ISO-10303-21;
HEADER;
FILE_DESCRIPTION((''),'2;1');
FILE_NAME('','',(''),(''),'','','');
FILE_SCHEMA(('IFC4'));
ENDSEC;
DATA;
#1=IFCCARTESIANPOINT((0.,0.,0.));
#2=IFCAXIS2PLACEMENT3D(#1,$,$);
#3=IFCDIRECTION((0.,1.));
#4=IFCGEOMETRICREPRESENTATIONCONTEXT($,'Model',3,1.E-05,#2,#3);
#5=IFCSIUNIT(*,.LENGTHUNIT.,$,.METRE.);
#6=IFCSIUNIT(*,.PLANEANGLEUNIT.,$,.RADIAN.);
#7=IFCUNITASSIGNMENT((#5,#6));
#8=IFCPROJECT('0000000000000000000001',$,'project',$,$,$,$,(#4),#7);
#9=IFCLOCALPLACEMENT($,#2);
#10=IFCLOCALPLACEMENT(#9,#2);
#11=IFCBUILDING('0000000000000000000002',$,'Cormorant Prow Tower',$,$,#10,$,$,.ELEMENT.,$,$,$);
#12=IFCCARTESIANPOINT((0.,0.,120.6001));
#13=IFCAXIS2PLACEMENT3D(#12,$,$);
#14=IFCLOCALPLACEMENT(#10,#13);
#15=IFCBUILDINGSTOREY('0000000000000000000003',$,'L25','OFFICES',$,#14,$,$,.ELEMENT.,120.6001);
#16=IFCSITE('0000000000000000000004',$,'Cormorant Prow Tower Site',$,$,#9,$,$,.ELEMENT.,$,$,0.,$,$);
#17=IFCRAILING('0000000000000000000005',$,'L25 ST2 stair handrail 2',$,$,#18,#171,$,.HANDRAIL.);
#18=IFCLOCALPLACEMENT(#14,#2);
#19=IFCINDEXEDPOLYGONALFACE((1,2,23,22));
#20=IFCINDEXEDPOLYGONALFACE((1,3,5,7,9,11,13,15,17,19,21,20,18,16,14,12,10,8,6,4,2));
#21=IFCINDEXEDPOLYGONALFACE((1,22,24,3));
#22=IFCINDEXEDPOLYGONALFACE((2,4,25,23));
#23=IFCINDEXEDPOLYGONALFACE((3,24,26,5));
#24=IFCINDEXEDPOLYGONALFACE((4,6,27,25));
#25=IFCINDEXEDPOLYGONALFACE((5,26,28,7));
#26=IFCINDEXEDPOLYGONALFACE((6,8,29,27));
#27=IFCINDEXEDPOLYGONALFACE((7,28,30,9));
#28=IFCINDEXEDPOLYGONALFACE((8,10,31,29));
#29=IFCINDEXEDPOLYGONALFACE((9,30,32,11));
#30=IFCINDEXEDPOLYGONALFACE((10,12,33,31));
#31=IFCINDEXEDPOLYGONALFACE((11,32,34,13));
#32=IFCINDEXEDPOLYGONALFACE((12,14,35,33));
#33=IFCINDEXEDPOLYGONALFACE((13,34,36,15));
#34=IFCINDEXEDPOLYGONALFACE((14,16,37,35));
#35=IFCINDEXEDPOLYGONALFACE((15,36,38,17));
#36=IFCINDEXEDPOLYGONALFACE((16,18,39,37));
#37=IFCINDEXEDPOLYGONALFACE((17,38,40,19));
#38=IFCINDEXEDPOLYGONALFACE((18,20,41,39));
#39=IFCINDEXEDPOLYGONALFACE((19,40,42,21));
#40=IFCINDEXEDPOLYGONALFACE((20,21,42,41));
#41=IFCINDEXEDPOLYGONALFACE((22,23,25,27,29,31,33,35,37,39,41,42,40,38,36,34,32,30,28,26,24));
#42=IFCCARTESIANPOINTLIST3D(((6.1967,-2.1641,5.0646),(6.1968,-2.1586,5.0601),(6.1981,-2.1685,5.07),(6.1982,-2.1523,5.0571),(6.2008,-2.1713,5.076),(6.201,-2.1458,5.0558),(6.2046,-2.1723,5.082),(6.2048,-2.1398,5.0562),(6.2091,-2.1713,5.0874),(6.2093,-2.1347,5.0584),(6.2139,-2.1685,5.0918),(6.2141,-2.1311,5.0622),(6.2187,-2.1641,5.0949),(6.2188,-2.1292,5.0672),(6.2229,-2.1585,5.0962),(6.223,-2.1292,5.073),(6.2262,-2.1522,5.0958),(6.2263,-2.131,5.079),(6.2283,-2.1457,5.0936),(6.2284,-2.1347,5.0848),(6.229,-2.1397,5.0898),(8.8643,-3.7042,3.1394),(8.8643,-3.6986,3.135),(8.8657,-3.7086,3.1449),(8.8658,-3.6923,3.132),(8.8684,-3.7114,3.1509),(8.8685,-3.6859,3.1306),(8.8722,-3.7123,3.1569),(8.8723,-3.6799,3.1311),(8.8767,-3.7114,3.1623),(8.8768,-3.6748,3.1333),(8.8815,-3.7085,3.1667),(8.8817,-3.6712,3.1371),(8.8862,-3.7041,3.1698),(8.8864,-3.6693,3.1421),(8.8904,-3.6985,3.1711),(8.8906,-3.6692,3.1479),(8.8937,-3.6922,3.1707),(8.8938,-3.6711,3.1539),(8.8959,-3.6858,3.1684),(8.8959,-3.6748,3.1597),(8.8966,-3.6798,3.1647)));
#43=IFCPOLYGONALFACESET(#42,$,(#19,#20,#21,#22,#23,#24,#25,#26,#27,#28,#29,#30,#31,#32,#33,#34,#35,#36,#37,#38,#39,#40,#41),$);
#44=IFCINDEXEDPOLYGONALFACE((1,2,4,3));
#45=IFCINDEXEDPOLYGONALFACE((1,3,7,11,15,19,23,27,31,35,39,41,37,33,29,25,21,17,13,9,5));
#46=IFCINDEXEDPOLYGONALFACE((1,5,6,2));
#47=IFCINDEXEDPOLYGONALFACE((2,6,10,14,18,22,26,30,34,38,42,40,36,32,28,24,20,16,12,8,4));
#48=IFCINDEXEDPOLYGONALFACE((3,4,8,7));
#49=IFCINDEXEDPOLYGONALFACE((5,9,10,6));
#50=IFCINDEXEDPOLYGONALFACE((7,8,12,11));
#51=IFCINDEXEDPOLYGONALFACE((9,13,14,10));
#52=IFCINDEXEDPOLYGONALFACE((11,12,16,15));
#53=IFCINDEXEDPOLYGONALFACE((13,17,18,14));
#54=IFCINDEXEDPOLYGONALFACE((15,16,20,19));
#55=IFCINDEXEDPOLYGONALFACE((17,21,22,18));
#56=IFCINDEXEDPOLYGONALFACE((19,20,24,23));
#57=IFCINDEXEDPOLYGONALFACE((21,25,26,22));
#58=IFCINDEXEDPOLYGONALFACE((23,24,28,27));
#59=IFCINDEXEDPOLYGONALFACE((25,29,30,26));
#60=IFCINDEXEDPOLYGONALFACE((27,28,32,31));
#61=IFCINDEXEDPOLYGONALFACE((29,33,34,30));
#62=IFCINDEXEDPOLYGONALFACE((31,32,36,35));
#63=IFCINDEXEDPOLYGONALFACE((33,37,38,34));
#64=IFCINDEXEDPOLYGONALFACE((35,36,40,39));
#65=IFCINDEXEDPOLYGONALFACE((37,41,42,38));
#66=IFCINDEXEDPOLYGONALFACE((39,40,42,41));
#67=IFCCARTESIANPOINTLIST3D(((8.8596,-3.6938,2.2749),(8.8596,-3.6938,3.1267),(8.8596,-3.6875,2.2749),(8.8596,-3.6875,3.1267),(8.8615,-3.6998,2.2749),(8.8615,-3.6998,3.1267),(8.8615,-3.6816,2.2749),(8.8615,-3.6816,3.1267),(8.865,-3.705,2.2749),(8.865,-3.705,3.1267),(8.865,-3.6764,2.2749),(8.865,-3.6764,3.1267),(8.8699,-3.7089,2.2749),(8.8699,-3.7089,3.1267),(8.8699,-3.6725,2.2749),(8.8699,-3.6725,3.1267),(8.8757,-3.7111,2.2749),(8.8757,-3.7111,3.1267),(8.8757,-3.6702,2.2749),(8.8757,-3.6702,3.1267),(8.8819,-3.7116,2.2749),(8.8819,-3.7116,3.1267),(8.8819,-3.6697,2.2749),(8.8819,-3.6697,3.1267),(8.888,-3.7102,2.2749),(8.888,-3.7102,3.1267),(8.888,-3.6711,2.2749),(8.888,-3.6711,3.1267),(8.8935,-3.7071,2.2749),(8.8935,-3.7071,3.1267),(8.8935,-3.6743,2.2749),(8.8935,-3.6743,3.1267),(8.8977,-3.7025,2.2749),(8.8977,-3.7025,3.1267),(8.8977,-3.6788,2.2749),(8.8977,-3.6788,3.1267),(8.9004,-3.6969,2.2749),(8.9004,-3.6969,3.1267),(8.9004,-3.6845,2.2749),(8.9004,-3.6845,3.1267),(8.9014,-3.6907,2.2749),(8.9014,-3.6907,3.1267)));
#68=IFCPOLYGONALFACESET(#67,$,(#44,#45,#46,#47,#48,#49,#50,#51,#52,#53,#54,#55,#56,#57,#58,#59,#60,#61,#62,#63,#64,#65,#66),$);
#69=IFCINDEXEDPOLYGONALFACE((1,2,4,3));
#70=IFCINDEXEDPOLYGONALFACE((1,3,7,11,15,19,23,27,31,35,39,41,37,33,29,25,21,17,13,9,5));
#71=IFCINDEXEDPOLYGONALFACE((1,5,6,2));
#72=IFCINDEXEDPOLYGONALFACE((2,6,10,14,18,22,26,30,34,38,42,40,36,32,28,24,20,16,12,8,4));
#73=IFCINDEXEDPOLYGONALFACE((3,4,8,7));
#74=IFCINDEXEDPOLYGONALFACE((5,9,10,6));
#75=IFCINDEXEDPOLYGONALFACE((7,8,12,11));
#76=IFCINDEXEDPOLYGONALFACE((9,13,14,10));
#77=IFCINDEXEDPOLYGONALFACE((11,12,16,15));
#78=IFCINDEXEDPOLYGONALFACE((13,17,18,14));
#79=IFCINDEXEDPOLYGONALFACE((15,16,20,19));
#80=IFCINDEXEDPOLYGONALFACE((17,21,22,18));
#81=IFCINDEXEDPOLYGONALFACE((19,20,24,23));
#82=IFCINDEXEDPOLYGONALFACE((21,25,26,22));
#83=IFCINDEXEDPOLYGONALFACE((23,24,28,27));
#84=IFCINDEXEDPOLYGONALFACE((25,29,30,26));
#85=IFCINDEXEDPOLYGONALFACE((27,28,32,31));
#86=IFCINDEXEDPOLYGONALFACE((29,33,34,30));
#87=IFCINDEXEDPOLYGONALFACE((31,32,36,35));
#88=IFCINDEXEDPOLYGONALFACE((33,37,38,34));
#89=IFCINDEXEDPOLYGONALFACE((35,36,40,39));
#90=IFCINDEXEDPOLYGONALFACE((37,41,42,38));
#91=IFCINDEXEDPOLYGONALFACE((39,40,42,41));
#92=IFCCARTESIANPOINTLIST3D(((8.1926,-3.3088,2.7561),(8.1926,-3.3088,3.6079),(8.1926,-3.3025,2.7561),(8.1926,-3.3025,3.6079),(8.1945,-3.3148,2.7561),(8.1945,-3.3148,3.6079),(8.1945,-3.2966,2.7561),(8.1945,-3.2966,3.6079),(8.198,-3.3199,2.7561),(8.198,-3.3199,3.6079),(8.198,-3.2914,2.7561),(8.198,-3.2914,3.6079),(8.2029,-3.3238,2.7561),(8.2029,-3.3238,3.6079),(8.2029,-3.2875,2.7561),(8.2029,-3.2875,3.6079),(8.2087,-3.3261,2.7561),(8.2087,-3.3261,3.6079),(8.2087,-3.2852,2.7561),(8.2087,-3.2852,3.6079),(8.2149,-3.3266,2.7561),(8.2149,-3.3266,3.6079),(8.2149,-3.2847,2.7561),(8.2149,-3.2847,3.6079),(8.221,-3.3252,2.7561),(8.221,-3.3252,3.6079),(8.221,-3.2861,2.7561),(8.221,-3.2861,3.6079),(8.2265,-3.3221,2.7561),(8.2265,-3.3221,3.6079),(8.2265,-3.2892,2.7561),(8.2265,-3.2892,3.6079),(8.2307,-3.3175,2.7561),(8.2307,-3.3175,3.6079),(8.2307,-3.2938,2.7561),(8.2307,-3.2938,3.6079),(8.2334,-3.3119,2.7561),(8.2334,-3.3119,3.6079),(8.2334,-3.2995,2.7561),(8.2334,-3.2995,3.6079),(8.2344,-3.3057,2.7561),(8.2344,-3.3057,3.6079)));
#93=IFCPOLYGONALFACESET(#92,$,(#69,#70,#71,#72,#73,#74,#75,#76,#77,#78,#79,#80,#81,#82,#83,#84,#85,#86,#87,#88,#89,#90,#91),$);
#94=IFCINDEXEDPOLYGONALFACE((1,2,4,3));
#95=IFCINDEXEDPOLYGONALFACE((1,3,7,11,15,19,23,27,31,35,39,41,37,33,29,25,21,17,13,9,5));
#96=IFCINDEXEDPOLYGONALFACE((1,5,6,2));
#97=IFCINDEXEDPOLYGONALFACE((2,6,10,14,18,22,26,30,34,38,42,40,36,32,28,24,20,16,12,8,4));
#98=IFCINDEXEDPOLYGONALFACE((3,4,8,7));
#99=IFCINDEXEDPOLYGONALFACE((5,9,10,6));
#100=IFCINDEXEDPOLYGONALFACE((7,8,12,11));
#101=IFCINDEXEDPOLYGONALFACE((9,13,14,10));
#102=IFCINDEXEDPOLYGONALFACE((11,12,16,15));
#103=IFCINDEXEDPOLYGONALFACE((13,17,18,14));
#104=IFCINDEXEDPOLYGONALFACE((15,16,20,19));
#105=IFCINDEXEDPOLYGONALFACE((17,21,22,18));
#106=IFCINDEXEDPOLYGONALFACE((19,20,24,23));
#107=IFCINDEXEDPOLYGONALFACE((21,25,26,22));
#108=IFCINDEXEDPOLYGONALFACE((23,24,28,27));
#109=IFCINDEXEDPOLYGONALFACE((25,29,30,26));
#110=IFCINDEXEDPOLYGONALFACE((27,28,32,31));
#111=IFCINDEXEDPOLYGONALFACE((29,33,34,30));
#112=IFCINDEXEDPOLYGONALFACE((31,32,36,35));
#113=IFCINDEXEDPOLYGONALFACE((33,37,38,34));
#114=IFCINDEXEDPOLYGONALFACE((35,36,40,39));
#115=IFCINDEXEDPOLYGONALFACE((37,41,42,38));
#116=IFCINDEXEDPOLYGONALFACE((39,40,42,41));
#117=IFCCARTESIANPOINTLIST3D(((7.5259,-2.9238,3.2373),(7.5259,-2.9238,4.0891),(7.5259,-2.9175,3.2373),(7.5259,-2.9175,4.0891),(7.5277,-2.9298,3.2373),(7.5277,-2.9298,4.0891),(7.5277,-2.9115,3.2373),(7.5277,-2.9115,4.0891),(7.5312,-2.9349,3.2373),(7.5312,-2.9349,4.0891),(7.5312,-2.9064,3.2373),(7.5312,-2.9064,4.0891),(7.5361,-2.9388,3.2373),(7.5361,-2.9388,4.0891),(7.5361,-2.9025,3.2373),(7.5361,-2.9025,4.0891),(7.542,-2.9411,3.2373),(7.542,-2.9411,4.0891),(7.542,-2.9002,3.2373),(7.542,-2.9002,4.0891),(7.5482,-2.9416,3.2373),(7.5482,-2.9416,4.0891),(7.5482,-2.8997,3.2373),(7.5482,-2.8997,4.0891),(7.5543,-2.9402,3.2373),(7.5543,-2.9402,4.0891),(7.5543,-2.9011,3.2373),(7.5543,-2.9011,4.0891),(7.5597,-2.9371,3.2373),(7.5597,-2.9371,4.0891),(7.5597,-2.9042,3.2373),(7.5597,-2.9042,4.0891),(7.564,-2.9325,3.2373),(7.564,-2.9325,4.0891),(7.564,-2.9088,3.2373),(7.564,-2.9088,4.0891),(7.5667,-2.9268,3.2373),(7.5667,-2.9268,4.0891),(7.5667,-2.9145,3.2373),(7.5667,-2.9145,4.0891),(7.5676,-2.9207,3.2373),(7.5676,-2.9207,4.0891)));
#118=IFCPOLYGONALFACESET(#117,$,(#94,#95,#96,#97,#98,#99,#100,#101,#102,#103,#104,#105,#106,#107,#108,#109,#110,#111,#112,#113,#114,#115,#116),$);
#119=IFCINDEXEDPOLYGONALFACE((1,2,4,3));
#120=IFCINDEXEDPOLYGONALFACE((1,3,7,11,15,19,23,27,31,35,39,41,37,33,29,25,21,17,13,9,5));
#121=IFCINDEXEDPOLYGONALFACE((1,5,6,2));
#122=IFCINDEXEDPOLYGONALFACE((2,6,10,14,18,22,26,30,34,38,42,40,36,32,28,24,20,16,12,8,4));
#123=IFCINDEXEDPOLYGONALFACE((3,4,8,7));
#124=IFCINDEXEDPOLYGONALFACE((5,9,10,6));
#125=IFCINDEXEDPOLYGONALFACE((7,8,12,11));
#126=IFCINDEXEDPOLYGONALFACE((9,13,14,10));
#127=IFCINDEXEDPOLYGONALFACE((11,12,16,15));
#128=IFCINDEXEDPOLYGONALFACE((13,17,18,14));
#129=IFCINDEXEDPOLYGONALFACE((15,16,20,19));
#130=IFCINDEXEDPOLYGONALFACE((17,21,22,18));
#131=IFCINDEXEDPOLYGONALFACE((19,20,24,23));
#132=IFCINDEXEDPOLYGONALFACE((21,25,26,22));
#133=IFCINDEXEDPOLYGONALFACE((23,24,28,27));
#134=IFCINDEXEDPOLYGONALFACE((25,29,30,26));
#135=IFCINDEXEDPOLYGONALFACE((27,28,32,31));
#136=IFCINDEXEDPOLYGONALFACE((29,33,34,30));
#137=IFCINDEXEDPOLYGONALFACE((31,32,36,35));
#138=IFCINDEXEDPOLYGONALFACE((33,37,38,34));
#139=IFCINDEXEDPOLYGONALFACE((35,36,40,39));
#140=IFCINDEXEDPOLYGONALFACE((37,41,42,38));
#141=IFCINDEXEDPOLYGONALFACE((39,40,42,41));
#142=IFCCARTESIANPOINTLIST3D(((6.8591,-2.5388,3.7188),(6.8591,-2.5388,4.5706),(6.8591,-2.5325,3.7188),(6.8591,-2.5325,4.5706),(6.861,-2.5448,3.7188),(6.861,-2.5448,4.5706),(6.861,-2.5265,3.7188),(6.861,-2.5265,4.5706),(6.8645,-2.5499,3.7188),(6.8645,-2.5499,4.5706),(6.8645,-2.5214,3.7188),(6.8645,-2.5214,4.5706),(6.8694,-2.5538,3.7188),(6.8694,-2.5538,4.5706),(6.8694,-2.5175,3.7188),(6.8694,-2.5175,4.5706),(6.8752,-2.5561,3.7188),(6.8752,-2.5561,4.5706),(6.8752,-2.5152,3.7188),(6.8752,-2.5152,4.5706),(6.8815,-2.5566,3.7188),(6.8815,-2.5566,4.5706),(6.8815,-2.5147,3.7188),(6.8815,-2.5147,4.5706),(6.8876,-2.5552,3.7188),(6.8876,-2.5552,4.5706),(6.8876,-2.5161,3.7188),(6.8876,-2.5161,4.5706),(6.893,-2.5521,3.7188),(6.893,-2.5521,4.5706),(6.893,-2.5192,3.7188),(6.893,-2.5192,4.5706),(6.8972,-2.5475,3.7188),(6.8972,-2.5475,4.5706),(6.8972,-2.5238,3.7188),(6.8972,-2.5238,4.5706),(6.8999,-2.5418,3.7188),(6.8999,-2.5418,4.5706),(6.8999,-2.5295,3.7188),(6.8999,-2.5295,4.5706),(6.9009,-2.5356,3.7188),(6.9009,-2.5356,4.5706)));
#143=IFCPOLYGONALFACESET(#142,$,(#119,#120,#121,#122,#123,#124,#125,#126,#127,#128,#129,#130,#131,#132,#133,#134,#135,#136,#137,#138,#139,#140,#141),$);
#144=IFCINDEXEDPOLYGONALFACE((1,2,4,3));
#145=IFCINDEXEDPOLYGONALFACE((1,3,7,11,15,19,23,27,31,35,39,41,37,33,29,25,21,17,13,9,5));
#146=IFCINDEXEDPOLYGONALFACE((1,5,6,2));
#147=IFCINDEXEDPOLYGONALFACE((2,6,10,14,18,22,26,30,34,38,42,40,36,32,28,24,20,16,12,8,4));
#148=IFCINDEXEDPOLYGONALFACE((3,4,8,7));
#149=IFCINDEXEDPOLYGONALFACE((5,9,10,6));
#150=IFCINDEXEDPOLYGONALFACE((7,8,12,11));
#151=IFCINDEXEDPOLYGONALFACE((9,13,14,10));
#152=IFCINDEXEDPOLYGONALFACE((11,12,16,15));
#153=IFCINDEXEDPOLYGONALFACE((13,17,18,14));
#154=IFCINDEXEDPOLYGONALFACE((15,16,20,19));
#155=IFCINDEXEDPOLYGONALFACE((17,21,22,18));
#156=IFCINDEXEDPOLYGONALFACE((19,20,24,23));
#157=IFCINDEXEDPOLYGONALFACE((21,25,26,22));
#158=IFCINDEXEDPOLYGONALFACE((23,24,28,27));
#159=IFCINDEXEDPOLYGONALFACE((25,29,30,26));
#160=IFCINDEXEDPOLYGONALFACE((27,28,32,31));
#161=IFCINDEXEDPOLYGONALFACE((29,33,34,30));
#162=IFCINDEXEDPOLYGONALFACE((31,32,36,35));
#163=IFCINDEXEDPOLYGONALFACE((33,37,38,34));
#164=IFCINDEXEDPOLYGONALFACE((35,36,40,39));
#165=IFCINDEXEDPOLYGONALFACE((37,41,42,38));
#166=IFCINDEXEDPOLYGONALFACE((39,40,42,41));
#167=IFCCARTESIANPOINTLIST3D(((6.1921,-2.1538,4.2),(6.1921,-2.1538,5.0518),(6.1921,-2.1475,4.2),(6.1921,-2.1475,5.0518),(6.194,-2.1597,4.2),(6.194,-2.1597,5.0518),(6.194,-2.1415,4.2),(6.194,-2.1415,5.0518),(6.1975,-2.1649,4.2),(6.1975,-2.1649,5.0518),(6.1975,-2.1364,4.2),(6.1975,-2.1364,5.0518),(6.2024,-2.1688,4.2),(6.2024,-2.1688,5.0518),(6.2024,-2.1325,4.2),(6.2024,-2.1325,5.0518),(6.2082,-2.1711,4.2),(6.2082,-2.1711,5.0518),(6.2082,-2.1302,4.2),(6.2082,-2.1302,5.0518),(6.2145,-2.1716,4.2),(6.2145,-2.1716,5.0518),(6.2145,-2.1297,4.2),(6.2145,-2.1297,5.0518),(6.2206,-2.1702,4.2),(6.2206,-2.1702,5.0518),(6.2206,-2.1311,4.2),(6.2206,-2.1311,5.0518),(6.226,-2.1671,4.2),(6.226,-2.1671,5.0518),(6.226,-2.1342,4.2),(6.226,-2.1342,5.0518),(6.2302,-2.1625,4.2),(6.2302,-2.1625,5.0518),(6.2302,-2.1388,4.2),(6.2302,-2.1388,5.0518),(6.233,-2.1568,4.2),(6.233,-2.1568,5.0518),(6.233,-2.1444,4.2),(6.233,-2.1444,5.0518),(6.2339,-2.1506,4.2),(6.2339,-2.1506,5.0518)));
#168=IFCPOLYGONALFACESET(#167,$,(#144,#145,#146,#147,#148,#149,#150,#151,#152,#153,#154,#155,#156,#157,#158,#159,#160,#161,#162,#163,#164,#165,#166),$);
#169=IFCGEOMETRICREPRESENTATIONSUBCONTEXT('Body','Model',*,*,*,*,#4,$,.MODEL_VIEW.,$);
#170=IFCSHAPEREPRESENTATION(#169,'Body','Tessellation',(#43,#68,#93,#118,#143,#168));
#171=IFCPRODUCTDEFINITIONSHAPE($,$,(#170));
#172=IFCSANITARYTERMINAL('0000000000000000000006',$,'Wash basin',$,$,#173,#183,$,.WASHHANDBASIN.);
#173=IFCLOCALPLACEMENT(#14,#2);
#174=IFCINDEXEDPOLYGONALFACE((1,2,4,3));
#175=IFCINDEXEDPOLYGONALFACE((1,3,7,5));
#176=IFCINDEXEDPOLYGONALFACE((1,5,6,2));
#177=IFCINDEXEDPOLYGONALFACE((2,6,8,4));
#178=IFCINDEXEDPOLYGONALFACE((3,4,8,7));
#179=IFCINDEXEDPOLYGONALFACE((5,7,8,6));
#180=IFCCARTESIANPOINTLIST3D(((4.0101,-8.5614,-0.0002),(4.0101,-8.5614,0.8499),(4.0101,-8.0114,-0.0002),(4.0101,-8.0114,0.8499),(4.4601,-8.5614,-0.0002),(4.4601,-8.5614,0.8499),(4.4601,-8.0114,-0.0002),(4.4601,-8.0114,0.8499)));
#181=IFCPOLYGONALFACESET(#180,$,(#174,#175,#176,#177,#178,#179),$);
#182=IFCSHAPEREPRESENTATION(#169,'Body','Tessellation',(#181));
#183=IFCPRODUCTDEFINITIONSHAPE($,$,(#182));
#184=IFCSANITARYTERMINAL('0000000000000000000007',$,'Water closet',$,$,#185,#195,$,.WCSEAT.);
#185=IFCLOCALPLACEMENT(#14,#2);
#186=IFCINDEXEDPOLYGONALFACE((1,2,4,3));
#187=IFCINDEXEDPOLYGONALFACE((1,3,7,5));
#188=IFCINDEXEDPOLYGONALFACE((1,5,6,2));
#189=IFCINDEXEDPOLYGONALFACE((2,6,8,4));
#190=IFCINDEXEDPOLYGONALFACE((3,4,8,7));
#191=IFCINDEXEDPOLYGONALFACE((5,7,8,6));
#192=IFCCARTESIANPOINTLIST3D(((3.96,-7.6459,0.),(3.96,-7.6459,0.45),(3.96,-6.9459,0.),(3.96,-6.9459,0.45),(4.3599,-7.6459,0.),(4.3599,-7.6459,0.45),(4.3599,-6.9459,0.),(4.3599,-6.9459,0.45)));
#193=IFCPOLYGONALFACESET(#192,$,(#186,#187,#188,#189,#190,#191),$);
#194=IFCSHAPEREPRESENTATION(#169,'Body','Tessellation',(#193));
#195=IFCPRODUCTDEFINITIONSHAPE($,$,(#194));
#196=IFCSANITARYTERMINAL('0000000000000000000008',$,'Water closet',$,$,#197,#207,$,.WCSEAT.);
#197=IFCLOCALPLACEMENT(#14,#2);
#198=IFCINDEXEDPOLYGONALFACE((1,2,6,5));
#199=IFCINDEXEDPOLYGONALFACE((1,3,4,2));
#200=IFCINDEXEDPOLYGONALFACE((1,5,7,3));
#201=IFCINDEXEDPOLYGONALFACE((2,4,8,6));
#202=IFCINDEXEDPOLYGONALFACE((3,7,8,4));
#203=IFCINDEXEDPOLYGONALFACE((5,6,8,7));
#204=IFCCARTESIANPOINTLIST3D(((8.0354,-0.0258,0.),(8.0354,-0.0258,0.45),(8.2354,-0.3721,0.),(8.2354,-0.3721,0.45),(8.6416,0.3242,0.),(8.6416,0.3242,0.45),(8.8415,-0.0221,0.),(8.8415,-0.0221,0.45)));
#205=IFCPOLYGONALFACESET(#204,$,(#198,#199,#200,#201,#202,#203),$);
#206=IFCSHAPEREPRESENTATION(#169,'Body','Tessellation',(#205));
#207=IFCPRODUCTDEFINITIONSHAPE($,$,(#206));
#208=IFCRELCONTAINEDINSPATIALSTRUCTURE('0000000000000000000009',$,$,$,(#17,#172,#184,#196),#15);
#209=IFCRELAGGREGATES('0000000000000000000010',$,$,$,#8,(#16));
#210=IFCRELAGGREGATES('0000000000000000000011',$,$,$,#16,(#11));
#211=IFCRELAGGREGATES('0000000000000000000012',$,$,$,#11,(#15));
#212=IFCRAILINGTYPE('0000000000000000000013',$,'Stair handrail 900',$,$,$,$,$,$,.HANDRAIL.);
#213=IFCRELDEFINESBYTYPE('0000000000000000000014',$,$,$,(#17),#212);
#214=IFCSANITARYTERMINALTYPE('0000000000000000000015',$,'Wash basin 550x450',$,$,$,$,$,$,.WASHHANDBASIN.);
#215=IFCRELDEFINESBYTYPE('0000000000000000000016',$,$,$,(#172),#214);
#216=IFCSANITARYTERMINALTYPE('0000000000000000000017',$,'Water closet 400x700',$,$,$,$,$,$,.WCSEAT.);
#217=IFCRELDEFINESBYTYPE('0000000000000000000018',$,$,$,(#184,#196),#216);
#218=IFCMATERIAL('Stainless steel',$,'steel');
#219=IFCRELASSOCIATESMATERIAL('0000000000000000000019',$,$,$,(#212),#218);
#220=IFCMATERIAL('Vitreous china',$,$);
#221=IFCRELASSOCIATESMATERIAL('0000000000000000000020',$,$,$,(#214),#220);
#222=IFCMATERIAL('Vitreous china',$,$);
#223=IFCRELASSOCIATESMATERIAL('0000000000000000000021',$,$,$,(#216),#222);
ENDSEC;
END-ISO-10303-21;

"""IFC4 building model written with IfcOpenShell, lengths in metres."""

from ifc_helpers import new_model, si_unit, direction, frame, origin, origin_2d, place, context, subcontext, project, spatial, rectangle, circle, extrude, material, type_object, element, save


model = new_model("IFC4")

# Units and contexts
model_context = context("Model", 3, precision=1e-05, world=origin(), true_north=direction((0.0, 1.0)))
body_context = subcontext(model_context, "Body", "Model", "MODEL_VIEW")
ifc_project = project(units=[si_unit("LENGTHUNIT", "METRE"), si_unit("PLANEANGLEUNIT", "RADIAN")], contexts=[model_context])

# Site, building, storey
site_placement = place(None, origin())
site = spatial("IfcSite", under=ifc_project, at=site_placement, Name="Cormorant Prow Tower Site", CompositionType="ELEMENT", RefElevation=0.0)
building_placement = place(site_placement, origin())
building = spatial("IfcBuilding", under=site, at=building_placement, Name="Cormorant Prow Tower", CompositionType="ELEMENT")
storey_placement = place(building_placement, frame((0.0, 0.0, 120.6001)))
storey = spatial("IfcBuildingStorey", under=building, at=storey_placement, Name="L25", Description="OFFICES", CompositionType="ELEMENT", Elevation=120.6001)

# Railing
ifc_material_1 = material(Name="Stainless steel", Category="steel")
railing_type_1 = type_object("IfcRailingType", Name="Stair handrail 900", PredefinedType="HANDRAIL", material=ifc_material_1)
railing_1_placement = place(storey_placement, frame((8.8804, -3.6907, 2.2749)))
element("IfcRailing", 1, at=railing_1_placement, inside=storey, type_object=railing_type_1, Name="L25 ST2 stair handrail 2", PredefinedType="HANDRAIL", context=body_context, shape_type="SweptSolid", body=[
    extrude(circle(Radius=0.0239, at=origin_2d()), frame((0.0, 0.0, 0.876), z_axis=(-0.734395, 0.423994, 0.529993), x_axis=(-0.499992, -0.86603, 0.0)), (0.0, 0.0, 1.0), 3.6323),
    extrude(circle(Radius=0.021, at=origin_2d()), origin(), (0.0, 0.0, 1.0), 0.8518),
    extrude(circle(Radius=0.021, at=origin_2d()), frame((-0.667, 0.385, 0.4812)), (0.0, 0.0, 1.0), 0.8518),
    extrude(circle(Radius=0.021, at=origin_2d()), frame((-1.3337, 0.77, 0.9624)), (0.0, 0.0, 1.0), 0.8518),
    extrude(circle(Radius=0.021, at=origin_2d()), frame((-2.0005, 1.155, 1.4438)), (0.0, 0.0, 1.0), 0.8518),
    extrude(circle(Radius=0.021, at=origin_2d()), frame((-2.6675, 1.54, 1.925)), (0.0, 0.0, 1.0), 0.8518),
])

# Sanitary terminals
ifc_material_2 = material(Name="Vitreous china")
sanitary_terminal_type_1 = type_object("IfcSanitaryTerminalType", Name="Wash basin 550x450", PredefinedType="WASHHANDBASIN", material=ifc_material_2)
sanitary_terminal_placement = place(storey_placement, frame((4.2351, -8.2864, -0.0002), z_axis=(0.0, 0.0, 1.0), x_axis=(0.0, 1.0, 0.0)))
element("IfcSanitaryTerminal", 2, at=sanitary_terminal_placement, inside=storey, type_object=sanitary_terminal_type_1, Name="Wash basin", PredefinedType="WASHHANDBASIN", context=body_context, shape_type="SweptSolid", body=[
    extrude(rectangle(XDim=0.55, YDim=0.45, at=origin_2d()), origin(), (0.0, 0.0, 1.0), 0.8501),
])
ifc_material_3 = material(Name="Vitreous china")
sanitary_terminal_type_2 = type_object("IfcSanitaryTerminalType", Name="Water closet 400x700", PredefinedType="WCSEAT", material=ifc_material_3)
for number, where, z_axis, x_axis, name in (
    (3, (4.1599, -7.2959, 0.0), (0.0, 0.0, 1.0), (-1.0, 0.0, 0.0), "Water closet"),
    (4, (8.4385, -0.0239, 0.0), (0.0, 0.0, 1.0), (0.5, -0.866025, 0.0), "Water closet"),
):
    element("IfcSanitaryTerminal", number, at=place(storey_placement, frame(where, z_axis=z_axis, x_axis=x_axis)), inside=storey, type_object=sanitary_terminal_type_2, Name=name, PredefinedType="WCSEAT", context=body_context, shape_type="SweptSolid", body=[
        extrude(rectangle(XDim=0.3999, YDim=0.7, at=origin_2d()), origin(), (0.0, 0.0, 1.0), 0.45),
    ])

save(model, "model.ifc")
